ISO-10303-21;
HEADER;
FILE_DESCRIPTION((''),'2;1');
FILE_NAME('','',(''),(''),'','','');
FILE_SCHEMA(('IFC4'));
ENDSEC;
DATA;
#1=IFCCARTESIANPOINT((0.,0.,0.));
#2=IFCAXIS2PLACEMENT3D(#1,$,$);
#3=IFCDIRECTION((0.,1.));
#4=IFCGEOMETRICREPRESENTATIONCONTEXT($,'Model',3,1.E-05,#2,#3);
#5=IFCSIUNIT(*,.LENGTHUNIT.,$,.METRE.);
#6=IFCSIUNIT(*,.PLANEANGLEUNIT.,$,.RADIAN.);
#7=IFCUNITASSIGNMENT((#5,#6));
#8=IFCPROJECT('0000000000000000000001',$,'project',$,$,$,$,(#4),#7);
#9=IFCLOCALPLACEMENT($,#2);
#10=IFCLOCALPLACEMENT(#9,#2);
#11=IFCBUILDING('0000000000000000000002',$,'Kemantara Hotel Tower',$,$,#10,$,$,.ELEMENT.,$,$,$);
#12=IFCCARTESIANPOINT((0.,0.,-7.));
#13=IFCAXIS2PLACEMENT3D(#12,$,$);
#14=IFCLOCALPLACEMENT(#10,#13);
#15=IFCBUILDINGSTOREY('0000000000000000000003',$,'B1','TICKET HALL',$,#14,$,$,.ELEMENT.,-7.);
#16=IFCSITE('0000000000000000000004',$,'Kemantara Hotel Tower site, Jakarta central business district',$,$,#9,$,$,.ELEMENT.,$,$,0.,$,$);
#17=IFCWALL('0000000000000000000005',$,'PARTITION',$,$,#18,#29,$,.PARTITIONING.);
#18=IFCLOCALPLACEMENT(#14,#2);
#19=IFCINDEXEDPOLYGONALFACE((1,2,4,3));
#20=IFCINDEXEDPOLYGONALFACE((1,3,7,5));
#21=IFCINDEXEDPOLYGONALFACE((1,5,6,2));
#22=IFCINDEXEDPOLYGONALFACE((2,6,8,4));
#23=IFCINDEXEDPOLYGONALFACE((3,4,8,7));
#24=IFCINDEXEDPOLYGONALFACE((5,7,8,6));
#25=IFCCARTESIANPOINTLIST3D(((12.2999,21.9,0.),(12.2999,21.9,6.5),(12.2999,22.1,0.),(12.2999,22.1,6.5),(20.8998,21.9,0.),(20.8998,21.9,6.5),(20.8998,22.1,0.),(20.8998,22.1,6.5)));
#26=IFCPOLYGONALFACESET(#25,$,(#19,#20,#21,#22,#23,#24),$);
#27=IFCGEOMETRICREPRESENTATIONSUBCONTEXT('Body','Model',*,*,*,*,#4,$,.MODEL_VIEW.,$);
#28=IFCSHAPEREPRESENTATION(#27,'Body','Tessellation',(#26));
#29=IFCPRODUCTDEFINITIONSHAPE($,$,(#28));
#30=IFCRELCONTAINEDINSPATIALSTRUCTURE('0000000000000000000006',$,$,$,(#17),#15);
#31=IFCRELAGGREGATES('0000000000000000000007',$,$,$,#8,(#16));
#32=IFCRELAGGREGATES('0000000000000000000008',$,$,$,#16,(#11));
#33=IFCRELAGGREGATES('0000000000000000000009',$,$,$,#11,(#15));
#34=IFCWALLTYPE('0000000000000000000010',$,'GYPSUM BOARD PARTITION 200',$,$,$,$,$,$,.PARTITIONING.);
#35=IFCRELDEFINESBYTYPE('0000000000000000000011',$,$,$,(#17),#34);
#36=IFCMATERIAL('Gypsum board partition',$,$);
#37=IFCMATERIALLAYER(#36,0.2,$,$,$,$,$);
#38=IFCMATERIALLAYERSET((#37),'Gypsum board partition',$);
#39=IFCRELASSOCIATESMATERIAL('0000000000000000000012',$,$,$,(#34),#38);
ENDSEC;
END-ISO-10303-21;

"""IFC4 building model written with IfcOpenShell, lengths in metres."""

from ifc_helpers import new_model, si_unit, direction, frame, frame_2d, origin, place, context, subcontext, project, spatial, rectangle, extrude, material, layer, layer_set, type_object, element, save


model = new_model("IFC4")

# Units and contexts
model_context = context("Model", 3, precision=1e-05, world=origin(), true_north=direction((0.0, 1.0)))
body_context = subcontext(model_context, "Body", "Model", "MODEL_VIEW")
ifc_project = project(units=[si_unit("LENGTHUNIT", "METRE"), si_unit("PLANEANGLEUNIT", "RADIAN")], contexts=[model_context])

# Site, building, storey
site_placement = place(None, origin())
site = spatial("IfcSite", under=ifc_project, at=site_placement, Name="Kemantara Hotel Tower site, Jakarta central business district", CompositionType="ELEMENT", RefElevation=0.0)
building_placement = place(site_placement, origin())
building = spatial("IfcBuilding", under=site, at=building_placement, Name="Kemantara Hotel Tower", CompositionType="ELEMENT")
storey_placement = place(building_placement, frame((0.0, 0.0, -7.0)))
storey = spatial("IfcBuildingStorey", under=building, at=storey_placement, Name="B1", Description="TICKET HALL", CompositionType="ELEMENT", Elevation=-7.0)

# Wall
ifc_material_1 = material(Name="Gypsum board partition")
ifc_layer_1 = layer(ifc_material_1, 0.2)
ifc_layer_set_1 = layer_set([ifc_layer_1], Name="Gypsum board partition")
wall_type_1 = type_object("IfcWallType", Name="GYPSUM BOARD PARTITION 200", PredefinedType="PARTITIONING", material=ifc_layer_set_1)
wall_1_placement = place(storey_placement, frame((12.3, 22.0, 0.0), z_axis=(0.0, 0.0, 1.0), x_axis=(1.0, 0.0, 0.0)))
element("IfcWall", 1, at=wall_1_placement, inside=storey, type_object=wall_type_1, Name="PARTITION", PredefinedType="PARTITIONING", context=body_context, shape_type="SweptSolid", body=[
    extrude(rectangle(XDim=8.5999, YDim=0.2, at=frame_2d((4.2998, 0.0))), origin(), (0.0, 0.0, 1.0), 6.5),
])

save(model, "model.ifc")
